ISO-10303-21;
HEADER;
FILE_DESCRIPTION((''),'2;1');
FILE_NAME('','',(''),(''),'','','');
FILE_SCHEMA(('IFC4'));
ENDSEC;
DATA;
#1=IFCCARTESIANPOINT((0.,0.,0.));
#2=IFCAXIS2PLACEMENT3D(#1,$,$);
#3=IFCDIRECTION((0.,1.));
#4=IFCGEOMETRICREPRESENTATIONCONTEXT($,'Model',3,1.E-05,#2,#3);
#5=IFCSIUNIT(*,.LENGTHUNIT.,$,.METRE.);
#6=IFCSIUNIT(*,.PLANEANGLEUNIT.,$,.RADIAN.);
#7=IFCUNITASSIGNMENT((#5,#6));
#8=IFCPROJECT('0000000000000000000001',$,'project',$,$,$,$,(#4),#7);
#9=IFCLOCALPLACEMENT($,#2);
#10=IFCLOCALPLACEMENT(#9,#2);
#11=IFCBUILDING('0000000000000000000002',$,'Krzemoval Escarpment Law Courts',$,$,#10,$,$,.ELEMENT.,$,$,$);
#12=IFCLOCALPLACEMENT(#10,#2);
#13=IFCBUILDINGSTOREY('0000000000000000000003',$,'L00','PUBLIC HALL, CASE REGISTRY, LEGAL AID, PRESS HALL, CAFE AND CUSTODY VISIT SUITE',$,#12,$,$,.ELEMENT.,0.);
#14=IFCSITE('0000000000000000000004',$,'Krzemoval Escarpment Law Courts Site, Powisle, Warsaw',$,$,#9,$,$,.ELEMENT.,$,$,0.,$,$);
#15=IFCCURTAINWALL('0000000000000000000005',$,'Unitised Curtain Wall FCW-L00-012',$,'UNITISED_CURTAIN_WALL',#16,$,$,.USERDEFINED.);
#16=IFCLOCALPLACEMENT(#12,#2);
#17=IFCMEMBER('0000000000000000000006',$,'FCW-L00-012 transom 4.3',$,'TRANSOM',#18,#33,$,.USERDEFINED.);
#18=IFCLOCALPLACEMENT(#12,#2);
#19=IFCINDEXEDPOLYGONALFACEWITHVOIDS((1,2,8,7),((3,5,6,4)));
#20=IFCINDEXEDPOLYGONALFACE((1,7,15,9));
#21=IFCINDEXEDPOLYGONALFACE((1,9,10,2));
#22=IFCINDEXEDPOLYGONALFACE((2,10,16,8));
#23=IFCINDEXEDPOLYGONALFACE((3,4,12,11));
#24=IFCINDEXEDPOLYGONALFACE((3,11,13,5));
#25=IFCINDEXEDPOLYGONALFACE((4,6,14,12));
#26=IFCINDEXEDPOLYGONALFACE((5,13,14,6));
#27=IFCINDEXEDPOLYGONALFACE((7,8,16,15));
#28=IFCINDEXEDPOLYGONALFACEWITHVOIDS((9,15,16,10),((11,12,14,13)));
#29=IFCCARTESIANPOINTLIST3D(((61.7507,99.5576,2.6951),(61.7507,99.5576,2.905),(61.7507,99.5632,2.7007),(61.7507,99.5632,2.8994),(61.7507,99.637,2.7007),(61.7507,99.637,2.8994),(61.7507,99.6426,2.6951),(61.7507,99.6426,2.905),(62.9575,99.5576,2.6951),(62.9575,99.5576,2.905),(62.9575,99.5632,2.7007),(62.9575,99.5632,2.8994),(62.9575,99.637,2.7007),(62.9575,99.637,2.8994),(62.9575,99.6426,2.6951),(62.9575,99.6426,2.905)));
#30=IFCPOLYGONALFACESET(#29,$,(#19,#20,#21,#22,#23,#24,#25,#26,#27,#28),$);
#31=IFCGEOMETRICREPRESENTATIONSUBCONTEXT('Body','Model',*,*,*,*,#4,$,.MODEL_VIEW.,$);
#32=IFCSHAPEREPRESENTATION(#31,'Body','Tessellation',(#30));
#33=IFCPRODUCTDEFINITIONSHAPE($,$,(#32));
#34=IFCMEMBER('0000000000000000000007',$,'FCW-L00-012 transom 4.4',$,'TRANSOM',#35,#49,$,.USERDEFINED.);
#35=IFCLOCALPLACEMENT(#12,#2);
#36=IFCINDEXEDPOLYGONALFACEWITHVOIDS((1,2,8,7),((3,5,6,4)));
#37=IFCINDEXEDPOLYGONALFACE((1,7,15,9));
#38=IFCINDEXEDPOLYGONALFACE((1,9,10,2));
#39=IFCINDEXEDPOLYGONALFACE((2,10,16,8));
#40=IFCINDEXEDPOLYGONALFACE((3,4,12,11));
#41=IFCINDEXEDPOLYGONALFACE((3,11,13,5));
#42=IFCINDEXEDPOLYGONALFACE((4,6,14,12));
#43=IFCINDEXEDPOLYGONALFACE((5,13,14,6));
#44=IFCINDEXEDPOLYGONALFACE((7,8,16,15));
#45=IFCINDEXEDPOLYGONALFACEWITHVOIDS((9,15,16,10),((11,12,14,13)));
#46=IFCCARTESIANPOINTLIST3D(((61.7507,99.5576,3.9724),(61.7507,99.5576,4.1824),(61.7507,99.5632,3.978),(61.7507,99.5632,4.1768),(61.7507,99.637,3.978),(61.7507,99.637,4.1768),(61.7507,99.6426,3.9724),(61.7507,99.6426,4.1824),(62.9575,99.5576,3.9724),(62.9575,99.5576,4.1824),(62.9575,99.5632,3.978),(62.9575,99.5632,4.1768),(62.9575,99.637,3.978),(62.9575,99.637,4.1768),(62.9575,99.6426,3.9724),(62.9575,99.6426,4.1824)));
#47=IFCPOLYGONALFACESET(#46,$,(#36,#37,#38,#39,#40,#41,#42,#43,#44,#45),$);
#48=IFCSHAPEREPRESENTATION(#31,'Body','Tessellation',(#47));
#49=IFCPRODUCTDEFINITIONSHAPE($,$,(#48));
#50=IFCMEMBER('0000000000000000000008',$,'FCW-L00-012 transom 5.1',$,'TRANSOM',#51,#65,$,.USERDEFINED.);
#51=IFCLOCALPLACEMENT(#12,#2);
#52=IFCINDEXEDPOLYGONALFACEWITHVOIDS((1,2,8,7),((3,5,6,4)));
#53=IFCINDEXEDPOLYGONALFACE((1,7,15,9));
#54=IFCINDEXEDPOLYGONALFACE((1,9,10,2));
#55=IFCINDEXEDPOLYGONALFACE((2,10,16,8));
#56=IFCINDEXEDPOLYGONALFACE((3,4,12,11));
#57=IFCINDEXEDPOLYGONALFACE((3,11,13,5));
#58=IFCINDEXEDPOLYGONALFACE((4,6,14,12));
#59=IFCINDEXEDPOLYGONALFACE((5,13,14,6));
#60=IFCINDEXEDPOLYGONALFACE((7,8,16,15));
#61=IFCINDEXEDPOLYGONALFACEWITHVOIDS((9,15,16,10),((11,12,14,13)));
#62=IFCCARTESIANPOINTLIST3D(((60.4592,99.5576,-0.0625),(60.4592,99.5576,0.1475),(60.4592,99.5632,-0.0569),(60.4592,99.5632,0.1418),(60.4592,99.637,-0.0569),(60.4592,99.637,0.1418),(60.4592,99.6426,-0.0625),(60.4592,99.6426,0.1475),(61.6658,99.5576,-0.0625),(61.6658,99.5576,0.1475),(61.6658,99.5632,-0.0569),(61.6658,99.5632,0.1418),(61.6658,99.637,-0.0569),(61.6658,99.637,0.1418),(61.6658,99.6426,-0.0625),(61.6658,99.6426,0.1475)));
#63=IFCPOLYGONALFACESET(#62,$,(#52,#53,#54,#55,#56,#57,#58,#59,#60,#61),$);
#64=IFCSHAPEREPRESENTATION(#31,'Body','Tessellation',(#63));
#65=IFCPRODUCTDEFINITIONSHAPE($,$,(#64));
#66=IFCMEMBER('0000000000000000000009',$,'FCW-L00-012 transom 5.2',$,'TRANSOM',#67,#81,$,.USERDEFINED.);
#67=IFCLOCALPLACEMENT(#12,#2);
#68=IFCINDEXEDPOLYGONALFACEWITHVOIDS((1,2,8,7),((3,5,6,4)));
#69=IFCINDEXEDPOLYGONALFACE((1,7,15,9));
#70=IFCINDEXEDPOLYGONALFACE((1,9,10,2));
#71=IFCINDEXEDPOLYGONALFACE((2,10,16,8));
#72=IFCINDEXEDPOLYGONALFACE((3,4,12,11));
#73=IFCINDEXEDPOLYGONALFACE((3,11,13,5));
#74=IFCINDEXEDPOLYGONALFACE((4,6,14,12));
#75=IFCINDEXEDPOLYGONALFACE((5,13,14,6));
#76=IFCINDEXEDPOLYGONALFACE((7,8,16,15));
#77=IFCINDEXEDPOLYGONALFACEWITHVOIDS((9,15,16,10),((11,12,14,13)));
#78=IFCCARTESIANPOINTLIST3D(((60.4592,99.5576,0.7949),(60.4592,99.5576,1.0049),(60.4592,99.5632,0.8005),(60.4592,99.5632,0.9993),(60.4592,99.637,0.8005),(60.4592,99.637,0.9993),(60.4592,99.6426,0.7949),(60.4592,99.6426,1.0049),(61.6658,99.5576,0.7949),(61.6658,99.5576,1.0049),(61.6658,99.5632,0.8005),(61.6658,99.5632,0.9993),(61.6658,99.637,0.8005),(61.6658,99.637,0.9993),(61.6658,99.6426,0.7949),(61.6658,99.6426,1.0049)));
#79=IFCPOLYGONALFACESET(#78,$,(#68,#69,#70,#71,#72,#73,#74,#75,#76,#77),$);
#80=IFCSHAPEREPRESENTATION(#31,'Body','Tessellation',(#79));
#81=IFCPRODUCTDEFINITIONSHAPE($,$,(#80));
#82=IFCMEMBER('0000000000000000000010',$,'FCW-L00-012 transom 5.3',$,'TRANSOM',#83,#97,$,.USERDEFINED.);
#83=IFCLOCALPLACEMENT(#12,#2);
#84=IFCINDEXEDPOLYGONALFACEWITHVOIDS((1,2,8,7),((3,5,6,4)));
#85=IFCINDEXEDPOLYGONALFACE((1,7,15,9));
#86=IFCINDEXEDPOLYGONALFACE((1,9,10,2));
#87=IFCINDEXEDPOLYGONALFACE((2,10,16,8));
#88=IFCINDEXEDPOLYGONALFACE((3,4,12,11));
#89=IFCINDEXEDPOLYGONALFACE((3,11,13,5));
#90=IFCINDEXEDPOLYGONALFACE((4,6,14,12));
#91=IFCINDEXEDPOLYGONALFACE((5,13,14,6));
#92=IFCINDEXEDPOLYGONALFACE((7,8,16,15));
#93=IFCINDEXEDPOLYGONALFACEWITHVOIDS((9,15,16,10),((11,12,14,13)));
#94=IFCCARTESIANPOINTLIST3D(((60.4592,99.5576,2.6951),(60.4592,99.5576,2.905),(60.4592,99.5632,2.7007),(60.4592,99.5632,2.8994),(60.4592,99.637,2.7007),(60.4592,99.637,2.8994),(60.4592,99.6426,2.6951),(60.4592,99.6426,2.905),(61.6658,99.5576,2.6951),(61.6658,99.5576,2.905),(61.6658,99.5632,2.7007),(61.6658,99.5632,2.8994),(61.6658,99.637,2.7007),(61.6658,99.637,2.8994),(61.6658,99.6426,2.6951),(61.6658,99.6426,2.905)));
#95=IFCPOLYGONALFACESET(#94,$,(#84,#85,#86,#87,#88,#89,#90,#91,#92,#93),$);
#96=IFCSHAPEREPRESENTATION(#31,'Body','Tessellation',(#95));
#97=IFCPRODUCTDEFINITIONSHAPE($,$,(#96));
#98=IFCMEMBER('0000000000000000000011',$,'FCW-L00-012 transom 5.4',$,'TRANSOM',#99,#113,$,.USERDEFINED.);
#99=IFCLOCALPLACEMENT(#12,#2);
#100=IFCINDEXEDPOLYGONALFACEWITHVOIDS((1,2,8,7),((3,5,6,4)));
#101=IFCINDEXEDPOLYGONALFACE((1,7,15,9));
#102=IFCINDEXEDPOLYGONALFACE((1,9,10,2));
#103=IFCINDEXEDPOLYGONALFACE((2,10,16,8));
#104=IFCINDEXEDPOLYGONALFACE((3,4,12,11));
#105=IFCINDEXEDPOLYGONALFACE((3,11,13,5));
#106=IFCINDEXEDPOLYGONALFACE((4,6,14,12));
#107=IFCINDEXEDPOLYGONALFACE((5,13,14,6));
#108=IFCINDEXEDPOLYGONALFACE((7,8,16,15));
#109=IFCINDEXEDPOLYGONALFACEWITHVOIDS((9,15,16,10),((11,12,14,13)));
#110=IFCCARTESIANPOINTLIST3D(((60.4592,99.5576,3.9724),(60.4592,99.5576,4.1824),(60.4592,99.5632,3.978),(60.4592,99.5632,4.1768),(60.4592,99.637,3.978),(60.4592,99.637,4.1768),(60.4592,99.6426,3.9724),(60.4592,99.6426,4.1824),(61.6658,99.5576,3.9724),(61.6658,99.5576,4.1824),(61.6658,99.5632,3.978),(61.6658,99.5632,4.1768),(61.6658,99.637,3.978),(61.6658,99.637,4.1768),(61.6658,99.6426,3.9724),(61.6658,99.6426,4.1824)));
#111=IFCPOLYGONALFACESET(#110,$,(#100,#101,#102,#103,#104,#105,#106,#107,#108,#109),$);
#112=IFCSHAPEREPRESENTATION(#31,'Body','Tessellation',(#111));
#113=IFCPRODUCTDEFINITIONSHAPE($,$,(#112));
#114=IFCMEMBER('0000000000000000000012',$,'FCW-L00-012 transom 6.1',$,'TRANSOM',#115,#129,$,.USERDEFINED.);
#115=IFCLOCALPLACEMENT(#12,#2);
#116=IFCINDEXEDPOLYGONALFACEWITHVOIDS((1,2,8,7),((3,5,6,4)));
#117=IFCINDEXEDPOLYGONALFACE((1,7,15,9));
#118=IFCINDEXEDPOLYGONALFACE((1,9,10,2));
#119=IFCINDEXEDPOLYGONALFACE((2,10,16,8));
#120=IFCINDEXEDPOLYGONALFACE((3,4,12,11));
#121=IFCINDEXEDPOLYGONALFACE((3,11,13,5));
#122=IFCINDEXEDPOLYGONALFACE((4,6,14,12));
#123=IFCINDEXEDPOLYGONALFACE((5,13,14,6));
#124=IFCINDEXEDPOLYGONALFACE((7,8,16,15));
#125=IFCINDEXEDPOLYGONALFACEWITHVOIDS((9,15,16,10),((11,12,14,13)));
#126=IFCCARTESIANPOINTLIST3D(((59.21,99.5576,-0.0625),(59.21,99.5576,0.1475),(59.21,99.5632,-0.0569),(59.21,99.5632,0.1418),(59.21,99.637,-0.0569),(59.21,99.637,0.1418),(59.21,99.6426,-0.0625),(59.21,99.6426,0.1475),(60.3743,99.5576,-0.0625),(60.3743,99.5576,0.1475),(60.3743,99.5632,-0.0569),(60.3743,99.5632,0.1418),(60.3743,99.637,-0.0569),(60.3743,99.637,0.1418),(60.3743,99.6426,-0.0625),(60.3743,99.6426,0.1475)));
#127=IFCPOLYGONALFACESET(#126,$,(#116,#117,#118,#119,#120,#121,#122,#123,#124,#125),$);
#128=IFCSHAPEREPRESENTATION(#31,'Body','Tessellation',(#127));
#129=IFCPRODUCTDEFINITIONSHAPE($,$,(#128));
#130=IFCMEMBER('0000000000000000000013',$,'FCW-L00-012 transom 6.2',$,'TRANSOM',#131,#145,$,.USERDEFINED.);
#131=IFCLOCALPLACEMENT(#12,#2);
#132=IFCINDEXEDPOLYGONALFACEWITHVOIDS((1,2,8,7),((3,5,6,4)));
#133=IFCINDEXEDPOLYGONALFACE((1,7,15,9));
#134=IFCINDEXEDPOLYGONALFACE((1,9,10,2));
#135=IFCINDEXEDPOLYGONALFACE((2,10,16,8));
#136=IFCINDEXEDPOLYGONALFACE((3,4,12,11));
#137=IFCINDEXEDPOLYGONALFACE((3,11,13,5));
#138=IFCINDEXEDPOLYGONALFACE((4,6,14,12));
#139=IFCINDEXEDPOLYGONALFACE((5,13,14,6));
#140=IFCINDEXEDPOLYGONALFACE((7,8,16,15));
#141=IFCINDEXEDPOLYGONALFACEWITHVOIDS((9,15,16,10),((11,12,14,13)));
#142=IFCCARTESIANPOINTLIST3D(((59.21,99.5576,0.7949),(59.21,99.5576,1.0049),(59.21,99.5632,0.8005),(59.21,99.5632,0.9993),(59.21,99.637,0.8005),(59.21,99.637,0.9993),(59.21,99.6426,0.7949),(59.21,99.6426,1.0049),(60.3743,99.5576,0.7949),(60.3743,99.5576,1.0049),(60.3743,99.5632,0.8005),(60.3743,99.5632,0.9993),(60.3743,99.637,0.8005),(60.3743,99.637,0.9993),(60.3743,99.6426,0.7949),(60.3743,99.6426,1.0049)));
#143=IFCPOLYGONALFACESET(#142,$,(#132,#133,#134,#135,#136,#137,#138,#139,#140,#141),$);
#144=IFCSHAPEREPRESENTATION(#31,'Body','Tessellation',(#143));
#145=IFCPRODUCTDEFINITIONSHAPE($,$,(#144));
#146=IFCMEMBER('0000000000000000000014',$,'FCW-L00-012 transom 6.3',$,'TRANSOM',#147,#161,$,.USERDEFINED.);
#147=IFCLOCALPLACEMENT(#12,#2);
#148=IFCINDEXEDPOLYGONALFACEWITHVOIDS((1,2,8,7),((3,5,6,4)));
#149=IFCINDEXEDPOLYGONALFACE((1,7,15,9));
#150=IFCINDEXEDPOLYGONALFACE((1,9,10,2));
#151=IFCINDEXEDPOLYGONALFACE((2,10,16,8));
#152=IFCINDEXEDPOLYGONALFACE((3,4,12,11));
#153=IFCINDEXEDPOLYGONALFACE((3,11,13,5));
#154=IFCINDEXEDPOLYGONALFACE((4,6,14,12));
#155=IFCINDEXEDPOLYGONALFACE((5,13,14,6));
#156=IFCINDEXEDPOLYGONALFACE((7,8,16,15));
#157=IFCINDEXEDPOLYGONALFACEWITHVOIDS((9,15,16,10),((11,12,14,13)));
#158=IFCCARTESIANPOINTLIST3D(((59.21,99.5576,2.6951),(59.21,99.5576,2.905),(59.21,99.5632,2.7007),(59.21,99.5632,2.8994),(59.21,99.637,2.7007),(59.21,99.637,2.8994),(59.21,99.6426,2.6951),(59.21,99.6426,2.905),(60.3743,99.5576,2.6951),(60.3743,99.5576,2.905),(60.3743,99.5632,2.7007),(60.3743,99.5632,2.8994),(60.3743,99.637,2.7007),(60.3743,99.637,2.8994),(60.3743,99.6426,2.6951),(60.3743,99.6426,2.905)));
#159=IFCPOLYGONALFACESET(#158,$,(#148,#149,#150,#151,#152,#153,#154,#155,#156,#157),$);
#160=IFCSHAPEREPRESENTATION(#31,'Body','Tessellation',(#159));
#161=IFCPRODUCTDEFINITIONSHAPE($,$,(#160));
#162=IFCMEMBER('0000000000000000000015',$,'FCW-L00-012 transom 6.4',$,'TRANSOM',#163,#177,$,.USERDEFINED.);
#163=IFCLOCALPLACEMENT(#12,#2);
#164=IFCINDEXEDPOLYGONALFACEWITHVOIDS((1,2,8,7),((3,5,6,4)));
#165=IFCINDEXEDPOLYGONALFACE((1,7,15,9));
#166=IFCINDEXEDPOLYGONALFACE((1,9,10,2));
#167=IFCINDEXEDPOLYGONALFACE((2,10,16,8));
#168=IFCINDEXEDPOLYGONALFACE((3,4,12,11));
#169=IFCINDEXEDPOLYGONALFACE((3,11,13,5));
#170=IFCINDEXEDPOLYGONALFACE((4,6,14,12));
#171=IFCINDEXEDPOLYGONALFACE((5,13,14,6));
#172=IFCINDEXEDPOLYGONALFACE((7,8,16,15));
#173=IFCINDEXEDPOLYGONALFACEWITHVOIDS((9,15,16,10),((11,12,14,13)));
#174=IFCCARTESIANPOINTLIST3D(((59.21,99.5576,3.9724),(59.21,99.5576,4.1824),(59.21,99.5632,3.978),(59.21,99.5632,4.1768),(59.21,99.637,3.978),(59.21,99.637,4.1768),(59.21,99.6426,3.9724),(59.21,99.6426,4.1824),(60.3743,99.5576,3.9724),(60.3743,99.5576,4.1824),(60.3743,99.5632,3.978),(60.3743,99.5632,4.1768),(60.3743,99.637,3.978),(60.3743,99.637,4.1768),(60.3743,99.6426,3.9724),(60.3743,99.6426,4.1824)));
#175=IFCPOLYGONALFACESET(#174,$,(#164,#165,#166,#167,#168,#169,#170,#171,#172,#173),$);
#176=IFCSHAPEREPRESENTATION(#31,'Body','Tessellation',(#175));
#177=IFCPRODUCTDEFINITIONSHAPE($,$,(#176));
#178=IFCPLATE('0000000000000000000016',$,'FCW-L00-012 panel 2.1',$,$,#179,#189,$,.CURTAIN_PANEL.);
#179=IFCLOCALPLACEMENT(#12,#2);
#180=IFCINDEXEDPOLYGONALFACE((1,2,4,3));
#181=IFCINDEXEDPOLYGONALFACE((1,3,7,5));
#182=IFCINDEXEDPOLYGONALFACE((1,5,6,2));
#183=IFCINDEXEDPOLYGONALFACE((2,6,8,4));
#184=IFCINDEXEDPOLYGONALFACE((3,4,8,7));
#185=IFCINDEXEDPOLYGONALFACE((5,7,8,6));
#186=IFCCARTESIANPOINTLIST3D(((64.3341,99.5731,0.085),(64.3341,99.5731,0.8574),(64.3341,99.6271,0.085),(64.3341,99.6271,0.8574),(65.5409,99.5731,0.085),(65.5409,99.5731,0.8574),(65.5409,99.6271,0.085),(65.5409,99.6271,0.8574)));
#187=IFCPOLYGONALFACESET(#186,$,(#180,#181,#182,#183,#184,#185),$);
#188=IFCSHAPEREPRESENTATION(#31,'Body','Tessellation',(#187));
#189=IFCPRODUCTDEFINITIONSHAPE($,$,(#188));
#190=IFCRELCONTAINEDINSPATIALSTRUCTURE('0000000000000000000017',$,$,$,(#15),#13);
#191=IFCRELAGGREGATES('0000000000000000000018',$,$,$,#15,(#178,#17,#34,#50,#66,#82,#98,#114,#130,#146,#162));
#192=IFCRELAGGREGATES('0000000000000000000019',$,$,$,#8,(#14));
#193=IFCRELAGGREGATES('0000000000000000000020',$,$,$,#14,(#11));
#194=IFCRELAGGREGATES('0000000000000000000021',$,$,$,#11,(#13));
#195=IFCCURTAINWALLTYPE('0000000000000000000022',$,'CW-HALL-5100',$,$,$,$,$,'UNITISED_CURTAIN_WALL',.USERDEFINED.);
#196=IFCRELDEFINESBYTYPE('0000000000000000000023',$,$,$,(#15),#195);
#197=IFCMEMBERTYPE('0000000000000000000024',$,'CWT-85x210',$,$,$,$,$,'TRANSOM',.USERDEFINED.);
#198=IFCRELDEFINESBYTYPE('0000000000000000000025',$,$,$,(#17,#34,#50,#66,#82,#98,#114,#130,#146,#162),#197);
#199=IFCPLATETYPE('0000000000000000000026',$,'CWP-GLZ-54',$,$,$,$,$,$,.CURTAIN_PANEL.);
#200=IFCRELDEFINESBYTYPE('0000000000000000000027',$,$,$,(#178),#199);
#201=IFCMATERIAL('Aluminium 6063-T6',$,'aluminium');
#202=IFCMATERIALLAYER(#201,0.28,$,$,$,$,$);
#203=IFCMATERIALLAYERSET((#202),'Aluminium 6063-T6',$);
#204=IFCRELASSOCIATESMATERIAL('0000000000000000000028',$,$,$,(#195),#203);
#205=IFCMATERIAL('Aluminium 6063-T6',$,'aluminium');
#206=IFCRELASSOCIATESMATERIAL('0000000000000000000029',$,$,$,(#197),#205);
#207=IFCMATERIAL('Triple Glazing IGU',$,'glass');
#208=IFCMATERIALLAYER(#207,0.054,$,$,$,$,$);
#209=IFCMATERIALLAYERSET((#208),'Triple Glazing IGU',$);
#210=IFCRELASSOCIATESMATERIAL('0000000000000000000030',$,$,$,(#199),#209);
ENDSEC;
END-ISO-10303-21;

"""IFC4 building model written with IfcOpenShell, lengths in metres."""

from ifc_helpers import new_model, si_unit, direction, frame, origin, origin_2d, place, context, subcontext, project, spatial, rectangle, hollow_rectangle, extrude, material, layer, layer_set, material_profile, profile_set, type_object, element, aggregate, save


model = new_model("IFC4")

# Units and contexts
model_context = context("Model", 3, precision=1e-05, world=origin(), true_north=direction((0.0, 1.0)))
body_context = subcontext(model_context, "Body", "Model", "MODEL_VIEW")
ifc_project = project(units=[si_unit("LENGTHUNIT", "METRE"), si_unit("PLANEANGLEUNIT", "RADIAN")], contexts=[model_context])

# Site, building, storey
site_placement = place(None, origin())
site = spatial("IfcSite", under=ifc_project, at=site_placement, Name="Krzemoval Escarpment Law Courts Site, Powisle, Warsaw", CompositionType="ELEMENT", RefElevation=0.0)
building_placement = place(site_placement, origin())
building = spatial("IfcBuilding", under=site, at=building_placement, Name="Krzemoval Escarpment Law Courts", CompositionType="ELEMENT")
storey_placement = place(building_placement, origin())
storey = spatial("IfcBuildingStorey", under=building, at=storey_placement, Name="L00", Description="PUBLIC HALL, CASE REGISTRY, LEGAL AID, PRESS HALL, CAFE AND CUSTODY VISIT SUITE", CompositionType="ELEMENT", Elevation=0.0)

# Curtain wall, members, plate
ifc_material_1 = material(Name="Aluminium 6063-T6", Category="aluminium")
ifc_layer_1 = layer(ifc_material_1, 0.28)
ifc_layer_set_1 = layer_set([ifc_layer_1], Name="Aluminium 6063-T6")
curtain_wall_type = type_object("IfcCurtainWallType", Name="CW-HALL-5100", ElementType="UNITISED_CURTAIN_WALL", PredefinedType="USERDEFINED", material=ifc_layer_set_1)
curtain_wall_placement = place(storey_placement, origin())
curtain_wall = element("IfcCurtainWall", 1, at=curtain_wall_placement, inside=storey, type_object=curtain_wall_type, Name="Unitised Curtain Wall FCW-L00-012", ObjectType="UNITISED_CURTAIN_WALL", PredefinedType="USERDEFINED")
ifc_material_2 = material(Name="Aluminium 6063-T6", Category="aluminium")
ifc_material_profile_1 = material_profile(ifc_material_2, hollow_rectangle(XDim=0.085, YDim=0.21, WallThickness=0.0056, at=origin_2d()), Name="ALU T85x210")
ifc_profile_set_1 = profile_set([ifc_material_profile_1], Name="Aluminium 6063-T6")
member_type_1 = type_object("IfcMemberType", Name="CWT-85x210", ElementType="TRANSOM", PredefinedType="USERDEFINED", material=ifc_profile_set_1)
member_1_placement = place(storey_placement, frame((62.9575, 99.6001, 2.8), z_axis=(-1.0, 0.0, 0.0), x_axis=(0.0, -1.0, 0.0)))
member_1 = element("IfcMember", 2, at=member_1_placement, type_object=member_type_1, Name="FCW-L00-012 transom 4.3", ObjectType="TRANSOM", PredefinedType="USERDEFINED", context=body_context, shape_type="SweptSolid", body=[
    extrude(hollow_rectangle(XDim=0.085, YDim=0.21, WallThickness=0.0056, at=origin_2d()), origin(), (0.0, 0.0, 1.0), 1.2068),
])
member_2_placement = place(storey_placement, frame((62.9575, 99.6001, 4.0774), z_axis=(-1.0, 0.0, 0.0), x_axis=(0.0, -1.0, 0.0)))
member_2 = element("IfcMember", 3, at=member_2_placement, type_object=member_type_1, Name="FCW-L00-012 transom 4.4", ObjectType="TRANSOM", PredefinedType="USERDEFINED", context=body_context, shape_type="SweptSolid", body=[
    extrude(hollow_rectangle(XDim=0.085, YDim=0.21, WallThickness=0.0056, at=origin_2d()), origin(), (0.0, 0.0, 1.0), 1.2068),
])
member_3_placement = place(storey_placement, frame((61.6658, 99.6001, 0.0425), z_axis=(-1.0, 0.0, 0.0), x_axis=(0.0, -1.0, 0.0)))
member_3 = element("IfcMember", 4, at=member_3_placement, type_object=member_type_1, Name="FCW-L00-012 transom 5.1", ObjectType="TRANSOM", PredefinedType="USERDEFINED", context=body_context, shape_type="SweptSolid", body=[
    extrude(hollow_rectangle(XDim=0.085, YDim=0.21, WallThickness=0.0056, at=origin_2d()), origin(), (0.0, 0.0, 1.0), 1.2065),
])
member_4_placement = place(storey_placement, frame((61.6658, 99.6001, 0.8999), z_axis=(-1.0, 0.0, 0.0), x_axis=(0.0, -1.0, 0.0)))
member_4 = element("IfcMember", 5, at=member_4_placement, type_object=member_type_1, Name="FCW-L00-012 transom 5.2", ObjectType="TRANSOM", PredefinedType="USERDEFINED", context=body_context, shape_type="SweptSolid", body=[
    extrude(hollow_rectangle(XDim=0.085, YDim=0.21, WallThickness=0.0056, at=origin_2d()), origin(), (0.0, 0.0, 1.0), 1.2065),
])
member_5_placement = place(storey_placement, frame((61.6658, 99.6001, 2.8), z_axis=(-1.0, 0.0, 0.0), x_axis=(0.0, -1.0, 0.0)))
member_5 = element("IfcMember", 6, at=member_5_placement, type_object=member_type_1, Name="FCW-L00-012 transom 5.3", ObjectType="TRANSOM", PredefinedType="USERDEFINED", context=body_context, shape_type="SweptSolid", body=[
    extrude(hollow_rectangle(XDim=0.085, YDim=0.21, WallThickness=0.0056, at=origin_2d()), origin(), (0.0, 0.0, 1.0), 1.2065),
])
member_6_placement = place(storey_placement, frame((61.6658, 99.6001, 4.0774), z_axis=(-1.0, 0.0, 0.0), x_axis=(0.0, -1.0, 0.0)))
member_6 = element("IfcMember", 7, at=member_6_placement, type_object=member_type_1, Name="FCW-L00-012 transom 5.4", ObjectType="TRANSOM", PredefinedType="USERDEFINED", context=body_context, shape_type="SweptSolid", body=[
    extrude(hollow_rectangle(XDim=0.085, YDim=0.21, WallThickness=0.0056, at=origin_2d()), origin(), (0.0, 0.0, 1.0), 1.2065),
])
member_7_placement = place(storey_placement, frame((60.3743, 99.6001, 0.0425), z_axis=(-1.0, 0.0, 0.0), x_axis=(0.0, -1.0, 0.0)))
member_7 = element("IfcMember", 8, at=member_7_placement, type_object=member_type_1, Name="FCW-L00-012 transom 6.1", ObjectType="TRANSOM", PredefinedType="USERDEFINED", context=body_context, shape_type="SweptSolid", body=[
    extrude(hollow_rectangle(XDim=0.085, YDim=0.21, WallThickness=0.0056, at=origin_2d()), origin(), (0.0, 0.0, 1.0), 1.1643),
])
member_8_placement = place(storey_placement, frame((60.3743, 99.6001, 0.8999), z_axis=(-1.0, 0.0, 0.0), x_axis=(0.0, -1.0, 0.0)))
member_8 = element("IfcMember", 9, at=member_8_placement, type_object=member_type_1, Name="FCW-L00-012 transom 6.2", ObjectType="TRANSOM", PredefinedType="USERDEFINED", context=body_context, shape_type="SweptSolid", body=[
    extrude(hollow_rectangle(XDim=0.085, YDim=0.21, WallThickness=0.0056, at=origin_2d()), origin(), (0.0, 0.0, 1.0), 1.1643),
])
member_9_placement = place(storey_placement, frame((60.3743, 99.6001, 2.8), z_axis=(-1.0, 0.0, 0.0), x_axis=(0.0, -1.0, 0.0)))
member_9 = element("IfcMember", 10, at=member_9_placement, type_object=member_type_1, Name="FCW-L00-012 transom 6.3", ObjectType="TRANSOM", PredefinedType="USERDEFINED", context=body_context, shape_type="SweptSolid", body=[
    extrude(hollow_rectangle(XDim=0.085, YDim=0.21, WallThickness=0.0056, at=origin_2d()), origin(), (0.0, 0.0, 1.0), 1.1643),
])
member_10_placement = place(storey_placement, frame((60.3743, 99.6001, 4.0774), z_axis=(-1.0, 0.0, 0.0), x_axis=(0.0, -1.0, 0.0)))
member_10 = element("IfcMember", 11, at=member_10_placement, type_object=member_type_1, Name="FCW-L00-012 transom 6.4", ObjectType="TRANSOM", PredefinedType="USERDEFINED", context=body_context, shape_type="SweptSolid", body=[
    extrude(hollow_rectangle(XDim=0.085, YDim=0.21, WallThickness=0.0056, at=origin_2d()), origin(), (0.0, 0.0, 1.0), 1.1643),
])
ifc_material_3 = material(Name="Triple Glazing IGU", Category="glass")
ifc_layer_2 = layer(ifc_material_3, 0.054)
ifc_layer_set_2 = layer_set([ifc_layer_2], Name="Triple Glazing IGU")
plate_type = type_object("IfcPlateType", Name="CWP-GLZ-54", PredefinedType="CURTAIN_PANEL", material=ifc_layer_set_2)
plate_1_placement = place(storey_placement, frame((64.9375, 99.6001, 0.085), z_axis=(0.0, 0.0, 1.0), x_axis=(-1.0, 0.0, 0.0)))
plate_1 = element("IfcPlate", 12, at=plate_1_placement, type_object=plate_type, Name="FCW-L00-012 panel 2.1", PredefinedType="CURTAIN_PANEL", context=body_context, shape_type="SweptSolid", body=[
    extrude(rectangle(XDim=1.2068, YDim=0.054, at=origin_2d()), origin(), (0.0, 0.0, 1.0), 0.7725),
])
aggregate(curtain_wall, [plate_1, member_1, member_2, member_3, member_4, member_5, member_6, member_7, member_8, member_9, member_10])

save(model, "model.ifc")
